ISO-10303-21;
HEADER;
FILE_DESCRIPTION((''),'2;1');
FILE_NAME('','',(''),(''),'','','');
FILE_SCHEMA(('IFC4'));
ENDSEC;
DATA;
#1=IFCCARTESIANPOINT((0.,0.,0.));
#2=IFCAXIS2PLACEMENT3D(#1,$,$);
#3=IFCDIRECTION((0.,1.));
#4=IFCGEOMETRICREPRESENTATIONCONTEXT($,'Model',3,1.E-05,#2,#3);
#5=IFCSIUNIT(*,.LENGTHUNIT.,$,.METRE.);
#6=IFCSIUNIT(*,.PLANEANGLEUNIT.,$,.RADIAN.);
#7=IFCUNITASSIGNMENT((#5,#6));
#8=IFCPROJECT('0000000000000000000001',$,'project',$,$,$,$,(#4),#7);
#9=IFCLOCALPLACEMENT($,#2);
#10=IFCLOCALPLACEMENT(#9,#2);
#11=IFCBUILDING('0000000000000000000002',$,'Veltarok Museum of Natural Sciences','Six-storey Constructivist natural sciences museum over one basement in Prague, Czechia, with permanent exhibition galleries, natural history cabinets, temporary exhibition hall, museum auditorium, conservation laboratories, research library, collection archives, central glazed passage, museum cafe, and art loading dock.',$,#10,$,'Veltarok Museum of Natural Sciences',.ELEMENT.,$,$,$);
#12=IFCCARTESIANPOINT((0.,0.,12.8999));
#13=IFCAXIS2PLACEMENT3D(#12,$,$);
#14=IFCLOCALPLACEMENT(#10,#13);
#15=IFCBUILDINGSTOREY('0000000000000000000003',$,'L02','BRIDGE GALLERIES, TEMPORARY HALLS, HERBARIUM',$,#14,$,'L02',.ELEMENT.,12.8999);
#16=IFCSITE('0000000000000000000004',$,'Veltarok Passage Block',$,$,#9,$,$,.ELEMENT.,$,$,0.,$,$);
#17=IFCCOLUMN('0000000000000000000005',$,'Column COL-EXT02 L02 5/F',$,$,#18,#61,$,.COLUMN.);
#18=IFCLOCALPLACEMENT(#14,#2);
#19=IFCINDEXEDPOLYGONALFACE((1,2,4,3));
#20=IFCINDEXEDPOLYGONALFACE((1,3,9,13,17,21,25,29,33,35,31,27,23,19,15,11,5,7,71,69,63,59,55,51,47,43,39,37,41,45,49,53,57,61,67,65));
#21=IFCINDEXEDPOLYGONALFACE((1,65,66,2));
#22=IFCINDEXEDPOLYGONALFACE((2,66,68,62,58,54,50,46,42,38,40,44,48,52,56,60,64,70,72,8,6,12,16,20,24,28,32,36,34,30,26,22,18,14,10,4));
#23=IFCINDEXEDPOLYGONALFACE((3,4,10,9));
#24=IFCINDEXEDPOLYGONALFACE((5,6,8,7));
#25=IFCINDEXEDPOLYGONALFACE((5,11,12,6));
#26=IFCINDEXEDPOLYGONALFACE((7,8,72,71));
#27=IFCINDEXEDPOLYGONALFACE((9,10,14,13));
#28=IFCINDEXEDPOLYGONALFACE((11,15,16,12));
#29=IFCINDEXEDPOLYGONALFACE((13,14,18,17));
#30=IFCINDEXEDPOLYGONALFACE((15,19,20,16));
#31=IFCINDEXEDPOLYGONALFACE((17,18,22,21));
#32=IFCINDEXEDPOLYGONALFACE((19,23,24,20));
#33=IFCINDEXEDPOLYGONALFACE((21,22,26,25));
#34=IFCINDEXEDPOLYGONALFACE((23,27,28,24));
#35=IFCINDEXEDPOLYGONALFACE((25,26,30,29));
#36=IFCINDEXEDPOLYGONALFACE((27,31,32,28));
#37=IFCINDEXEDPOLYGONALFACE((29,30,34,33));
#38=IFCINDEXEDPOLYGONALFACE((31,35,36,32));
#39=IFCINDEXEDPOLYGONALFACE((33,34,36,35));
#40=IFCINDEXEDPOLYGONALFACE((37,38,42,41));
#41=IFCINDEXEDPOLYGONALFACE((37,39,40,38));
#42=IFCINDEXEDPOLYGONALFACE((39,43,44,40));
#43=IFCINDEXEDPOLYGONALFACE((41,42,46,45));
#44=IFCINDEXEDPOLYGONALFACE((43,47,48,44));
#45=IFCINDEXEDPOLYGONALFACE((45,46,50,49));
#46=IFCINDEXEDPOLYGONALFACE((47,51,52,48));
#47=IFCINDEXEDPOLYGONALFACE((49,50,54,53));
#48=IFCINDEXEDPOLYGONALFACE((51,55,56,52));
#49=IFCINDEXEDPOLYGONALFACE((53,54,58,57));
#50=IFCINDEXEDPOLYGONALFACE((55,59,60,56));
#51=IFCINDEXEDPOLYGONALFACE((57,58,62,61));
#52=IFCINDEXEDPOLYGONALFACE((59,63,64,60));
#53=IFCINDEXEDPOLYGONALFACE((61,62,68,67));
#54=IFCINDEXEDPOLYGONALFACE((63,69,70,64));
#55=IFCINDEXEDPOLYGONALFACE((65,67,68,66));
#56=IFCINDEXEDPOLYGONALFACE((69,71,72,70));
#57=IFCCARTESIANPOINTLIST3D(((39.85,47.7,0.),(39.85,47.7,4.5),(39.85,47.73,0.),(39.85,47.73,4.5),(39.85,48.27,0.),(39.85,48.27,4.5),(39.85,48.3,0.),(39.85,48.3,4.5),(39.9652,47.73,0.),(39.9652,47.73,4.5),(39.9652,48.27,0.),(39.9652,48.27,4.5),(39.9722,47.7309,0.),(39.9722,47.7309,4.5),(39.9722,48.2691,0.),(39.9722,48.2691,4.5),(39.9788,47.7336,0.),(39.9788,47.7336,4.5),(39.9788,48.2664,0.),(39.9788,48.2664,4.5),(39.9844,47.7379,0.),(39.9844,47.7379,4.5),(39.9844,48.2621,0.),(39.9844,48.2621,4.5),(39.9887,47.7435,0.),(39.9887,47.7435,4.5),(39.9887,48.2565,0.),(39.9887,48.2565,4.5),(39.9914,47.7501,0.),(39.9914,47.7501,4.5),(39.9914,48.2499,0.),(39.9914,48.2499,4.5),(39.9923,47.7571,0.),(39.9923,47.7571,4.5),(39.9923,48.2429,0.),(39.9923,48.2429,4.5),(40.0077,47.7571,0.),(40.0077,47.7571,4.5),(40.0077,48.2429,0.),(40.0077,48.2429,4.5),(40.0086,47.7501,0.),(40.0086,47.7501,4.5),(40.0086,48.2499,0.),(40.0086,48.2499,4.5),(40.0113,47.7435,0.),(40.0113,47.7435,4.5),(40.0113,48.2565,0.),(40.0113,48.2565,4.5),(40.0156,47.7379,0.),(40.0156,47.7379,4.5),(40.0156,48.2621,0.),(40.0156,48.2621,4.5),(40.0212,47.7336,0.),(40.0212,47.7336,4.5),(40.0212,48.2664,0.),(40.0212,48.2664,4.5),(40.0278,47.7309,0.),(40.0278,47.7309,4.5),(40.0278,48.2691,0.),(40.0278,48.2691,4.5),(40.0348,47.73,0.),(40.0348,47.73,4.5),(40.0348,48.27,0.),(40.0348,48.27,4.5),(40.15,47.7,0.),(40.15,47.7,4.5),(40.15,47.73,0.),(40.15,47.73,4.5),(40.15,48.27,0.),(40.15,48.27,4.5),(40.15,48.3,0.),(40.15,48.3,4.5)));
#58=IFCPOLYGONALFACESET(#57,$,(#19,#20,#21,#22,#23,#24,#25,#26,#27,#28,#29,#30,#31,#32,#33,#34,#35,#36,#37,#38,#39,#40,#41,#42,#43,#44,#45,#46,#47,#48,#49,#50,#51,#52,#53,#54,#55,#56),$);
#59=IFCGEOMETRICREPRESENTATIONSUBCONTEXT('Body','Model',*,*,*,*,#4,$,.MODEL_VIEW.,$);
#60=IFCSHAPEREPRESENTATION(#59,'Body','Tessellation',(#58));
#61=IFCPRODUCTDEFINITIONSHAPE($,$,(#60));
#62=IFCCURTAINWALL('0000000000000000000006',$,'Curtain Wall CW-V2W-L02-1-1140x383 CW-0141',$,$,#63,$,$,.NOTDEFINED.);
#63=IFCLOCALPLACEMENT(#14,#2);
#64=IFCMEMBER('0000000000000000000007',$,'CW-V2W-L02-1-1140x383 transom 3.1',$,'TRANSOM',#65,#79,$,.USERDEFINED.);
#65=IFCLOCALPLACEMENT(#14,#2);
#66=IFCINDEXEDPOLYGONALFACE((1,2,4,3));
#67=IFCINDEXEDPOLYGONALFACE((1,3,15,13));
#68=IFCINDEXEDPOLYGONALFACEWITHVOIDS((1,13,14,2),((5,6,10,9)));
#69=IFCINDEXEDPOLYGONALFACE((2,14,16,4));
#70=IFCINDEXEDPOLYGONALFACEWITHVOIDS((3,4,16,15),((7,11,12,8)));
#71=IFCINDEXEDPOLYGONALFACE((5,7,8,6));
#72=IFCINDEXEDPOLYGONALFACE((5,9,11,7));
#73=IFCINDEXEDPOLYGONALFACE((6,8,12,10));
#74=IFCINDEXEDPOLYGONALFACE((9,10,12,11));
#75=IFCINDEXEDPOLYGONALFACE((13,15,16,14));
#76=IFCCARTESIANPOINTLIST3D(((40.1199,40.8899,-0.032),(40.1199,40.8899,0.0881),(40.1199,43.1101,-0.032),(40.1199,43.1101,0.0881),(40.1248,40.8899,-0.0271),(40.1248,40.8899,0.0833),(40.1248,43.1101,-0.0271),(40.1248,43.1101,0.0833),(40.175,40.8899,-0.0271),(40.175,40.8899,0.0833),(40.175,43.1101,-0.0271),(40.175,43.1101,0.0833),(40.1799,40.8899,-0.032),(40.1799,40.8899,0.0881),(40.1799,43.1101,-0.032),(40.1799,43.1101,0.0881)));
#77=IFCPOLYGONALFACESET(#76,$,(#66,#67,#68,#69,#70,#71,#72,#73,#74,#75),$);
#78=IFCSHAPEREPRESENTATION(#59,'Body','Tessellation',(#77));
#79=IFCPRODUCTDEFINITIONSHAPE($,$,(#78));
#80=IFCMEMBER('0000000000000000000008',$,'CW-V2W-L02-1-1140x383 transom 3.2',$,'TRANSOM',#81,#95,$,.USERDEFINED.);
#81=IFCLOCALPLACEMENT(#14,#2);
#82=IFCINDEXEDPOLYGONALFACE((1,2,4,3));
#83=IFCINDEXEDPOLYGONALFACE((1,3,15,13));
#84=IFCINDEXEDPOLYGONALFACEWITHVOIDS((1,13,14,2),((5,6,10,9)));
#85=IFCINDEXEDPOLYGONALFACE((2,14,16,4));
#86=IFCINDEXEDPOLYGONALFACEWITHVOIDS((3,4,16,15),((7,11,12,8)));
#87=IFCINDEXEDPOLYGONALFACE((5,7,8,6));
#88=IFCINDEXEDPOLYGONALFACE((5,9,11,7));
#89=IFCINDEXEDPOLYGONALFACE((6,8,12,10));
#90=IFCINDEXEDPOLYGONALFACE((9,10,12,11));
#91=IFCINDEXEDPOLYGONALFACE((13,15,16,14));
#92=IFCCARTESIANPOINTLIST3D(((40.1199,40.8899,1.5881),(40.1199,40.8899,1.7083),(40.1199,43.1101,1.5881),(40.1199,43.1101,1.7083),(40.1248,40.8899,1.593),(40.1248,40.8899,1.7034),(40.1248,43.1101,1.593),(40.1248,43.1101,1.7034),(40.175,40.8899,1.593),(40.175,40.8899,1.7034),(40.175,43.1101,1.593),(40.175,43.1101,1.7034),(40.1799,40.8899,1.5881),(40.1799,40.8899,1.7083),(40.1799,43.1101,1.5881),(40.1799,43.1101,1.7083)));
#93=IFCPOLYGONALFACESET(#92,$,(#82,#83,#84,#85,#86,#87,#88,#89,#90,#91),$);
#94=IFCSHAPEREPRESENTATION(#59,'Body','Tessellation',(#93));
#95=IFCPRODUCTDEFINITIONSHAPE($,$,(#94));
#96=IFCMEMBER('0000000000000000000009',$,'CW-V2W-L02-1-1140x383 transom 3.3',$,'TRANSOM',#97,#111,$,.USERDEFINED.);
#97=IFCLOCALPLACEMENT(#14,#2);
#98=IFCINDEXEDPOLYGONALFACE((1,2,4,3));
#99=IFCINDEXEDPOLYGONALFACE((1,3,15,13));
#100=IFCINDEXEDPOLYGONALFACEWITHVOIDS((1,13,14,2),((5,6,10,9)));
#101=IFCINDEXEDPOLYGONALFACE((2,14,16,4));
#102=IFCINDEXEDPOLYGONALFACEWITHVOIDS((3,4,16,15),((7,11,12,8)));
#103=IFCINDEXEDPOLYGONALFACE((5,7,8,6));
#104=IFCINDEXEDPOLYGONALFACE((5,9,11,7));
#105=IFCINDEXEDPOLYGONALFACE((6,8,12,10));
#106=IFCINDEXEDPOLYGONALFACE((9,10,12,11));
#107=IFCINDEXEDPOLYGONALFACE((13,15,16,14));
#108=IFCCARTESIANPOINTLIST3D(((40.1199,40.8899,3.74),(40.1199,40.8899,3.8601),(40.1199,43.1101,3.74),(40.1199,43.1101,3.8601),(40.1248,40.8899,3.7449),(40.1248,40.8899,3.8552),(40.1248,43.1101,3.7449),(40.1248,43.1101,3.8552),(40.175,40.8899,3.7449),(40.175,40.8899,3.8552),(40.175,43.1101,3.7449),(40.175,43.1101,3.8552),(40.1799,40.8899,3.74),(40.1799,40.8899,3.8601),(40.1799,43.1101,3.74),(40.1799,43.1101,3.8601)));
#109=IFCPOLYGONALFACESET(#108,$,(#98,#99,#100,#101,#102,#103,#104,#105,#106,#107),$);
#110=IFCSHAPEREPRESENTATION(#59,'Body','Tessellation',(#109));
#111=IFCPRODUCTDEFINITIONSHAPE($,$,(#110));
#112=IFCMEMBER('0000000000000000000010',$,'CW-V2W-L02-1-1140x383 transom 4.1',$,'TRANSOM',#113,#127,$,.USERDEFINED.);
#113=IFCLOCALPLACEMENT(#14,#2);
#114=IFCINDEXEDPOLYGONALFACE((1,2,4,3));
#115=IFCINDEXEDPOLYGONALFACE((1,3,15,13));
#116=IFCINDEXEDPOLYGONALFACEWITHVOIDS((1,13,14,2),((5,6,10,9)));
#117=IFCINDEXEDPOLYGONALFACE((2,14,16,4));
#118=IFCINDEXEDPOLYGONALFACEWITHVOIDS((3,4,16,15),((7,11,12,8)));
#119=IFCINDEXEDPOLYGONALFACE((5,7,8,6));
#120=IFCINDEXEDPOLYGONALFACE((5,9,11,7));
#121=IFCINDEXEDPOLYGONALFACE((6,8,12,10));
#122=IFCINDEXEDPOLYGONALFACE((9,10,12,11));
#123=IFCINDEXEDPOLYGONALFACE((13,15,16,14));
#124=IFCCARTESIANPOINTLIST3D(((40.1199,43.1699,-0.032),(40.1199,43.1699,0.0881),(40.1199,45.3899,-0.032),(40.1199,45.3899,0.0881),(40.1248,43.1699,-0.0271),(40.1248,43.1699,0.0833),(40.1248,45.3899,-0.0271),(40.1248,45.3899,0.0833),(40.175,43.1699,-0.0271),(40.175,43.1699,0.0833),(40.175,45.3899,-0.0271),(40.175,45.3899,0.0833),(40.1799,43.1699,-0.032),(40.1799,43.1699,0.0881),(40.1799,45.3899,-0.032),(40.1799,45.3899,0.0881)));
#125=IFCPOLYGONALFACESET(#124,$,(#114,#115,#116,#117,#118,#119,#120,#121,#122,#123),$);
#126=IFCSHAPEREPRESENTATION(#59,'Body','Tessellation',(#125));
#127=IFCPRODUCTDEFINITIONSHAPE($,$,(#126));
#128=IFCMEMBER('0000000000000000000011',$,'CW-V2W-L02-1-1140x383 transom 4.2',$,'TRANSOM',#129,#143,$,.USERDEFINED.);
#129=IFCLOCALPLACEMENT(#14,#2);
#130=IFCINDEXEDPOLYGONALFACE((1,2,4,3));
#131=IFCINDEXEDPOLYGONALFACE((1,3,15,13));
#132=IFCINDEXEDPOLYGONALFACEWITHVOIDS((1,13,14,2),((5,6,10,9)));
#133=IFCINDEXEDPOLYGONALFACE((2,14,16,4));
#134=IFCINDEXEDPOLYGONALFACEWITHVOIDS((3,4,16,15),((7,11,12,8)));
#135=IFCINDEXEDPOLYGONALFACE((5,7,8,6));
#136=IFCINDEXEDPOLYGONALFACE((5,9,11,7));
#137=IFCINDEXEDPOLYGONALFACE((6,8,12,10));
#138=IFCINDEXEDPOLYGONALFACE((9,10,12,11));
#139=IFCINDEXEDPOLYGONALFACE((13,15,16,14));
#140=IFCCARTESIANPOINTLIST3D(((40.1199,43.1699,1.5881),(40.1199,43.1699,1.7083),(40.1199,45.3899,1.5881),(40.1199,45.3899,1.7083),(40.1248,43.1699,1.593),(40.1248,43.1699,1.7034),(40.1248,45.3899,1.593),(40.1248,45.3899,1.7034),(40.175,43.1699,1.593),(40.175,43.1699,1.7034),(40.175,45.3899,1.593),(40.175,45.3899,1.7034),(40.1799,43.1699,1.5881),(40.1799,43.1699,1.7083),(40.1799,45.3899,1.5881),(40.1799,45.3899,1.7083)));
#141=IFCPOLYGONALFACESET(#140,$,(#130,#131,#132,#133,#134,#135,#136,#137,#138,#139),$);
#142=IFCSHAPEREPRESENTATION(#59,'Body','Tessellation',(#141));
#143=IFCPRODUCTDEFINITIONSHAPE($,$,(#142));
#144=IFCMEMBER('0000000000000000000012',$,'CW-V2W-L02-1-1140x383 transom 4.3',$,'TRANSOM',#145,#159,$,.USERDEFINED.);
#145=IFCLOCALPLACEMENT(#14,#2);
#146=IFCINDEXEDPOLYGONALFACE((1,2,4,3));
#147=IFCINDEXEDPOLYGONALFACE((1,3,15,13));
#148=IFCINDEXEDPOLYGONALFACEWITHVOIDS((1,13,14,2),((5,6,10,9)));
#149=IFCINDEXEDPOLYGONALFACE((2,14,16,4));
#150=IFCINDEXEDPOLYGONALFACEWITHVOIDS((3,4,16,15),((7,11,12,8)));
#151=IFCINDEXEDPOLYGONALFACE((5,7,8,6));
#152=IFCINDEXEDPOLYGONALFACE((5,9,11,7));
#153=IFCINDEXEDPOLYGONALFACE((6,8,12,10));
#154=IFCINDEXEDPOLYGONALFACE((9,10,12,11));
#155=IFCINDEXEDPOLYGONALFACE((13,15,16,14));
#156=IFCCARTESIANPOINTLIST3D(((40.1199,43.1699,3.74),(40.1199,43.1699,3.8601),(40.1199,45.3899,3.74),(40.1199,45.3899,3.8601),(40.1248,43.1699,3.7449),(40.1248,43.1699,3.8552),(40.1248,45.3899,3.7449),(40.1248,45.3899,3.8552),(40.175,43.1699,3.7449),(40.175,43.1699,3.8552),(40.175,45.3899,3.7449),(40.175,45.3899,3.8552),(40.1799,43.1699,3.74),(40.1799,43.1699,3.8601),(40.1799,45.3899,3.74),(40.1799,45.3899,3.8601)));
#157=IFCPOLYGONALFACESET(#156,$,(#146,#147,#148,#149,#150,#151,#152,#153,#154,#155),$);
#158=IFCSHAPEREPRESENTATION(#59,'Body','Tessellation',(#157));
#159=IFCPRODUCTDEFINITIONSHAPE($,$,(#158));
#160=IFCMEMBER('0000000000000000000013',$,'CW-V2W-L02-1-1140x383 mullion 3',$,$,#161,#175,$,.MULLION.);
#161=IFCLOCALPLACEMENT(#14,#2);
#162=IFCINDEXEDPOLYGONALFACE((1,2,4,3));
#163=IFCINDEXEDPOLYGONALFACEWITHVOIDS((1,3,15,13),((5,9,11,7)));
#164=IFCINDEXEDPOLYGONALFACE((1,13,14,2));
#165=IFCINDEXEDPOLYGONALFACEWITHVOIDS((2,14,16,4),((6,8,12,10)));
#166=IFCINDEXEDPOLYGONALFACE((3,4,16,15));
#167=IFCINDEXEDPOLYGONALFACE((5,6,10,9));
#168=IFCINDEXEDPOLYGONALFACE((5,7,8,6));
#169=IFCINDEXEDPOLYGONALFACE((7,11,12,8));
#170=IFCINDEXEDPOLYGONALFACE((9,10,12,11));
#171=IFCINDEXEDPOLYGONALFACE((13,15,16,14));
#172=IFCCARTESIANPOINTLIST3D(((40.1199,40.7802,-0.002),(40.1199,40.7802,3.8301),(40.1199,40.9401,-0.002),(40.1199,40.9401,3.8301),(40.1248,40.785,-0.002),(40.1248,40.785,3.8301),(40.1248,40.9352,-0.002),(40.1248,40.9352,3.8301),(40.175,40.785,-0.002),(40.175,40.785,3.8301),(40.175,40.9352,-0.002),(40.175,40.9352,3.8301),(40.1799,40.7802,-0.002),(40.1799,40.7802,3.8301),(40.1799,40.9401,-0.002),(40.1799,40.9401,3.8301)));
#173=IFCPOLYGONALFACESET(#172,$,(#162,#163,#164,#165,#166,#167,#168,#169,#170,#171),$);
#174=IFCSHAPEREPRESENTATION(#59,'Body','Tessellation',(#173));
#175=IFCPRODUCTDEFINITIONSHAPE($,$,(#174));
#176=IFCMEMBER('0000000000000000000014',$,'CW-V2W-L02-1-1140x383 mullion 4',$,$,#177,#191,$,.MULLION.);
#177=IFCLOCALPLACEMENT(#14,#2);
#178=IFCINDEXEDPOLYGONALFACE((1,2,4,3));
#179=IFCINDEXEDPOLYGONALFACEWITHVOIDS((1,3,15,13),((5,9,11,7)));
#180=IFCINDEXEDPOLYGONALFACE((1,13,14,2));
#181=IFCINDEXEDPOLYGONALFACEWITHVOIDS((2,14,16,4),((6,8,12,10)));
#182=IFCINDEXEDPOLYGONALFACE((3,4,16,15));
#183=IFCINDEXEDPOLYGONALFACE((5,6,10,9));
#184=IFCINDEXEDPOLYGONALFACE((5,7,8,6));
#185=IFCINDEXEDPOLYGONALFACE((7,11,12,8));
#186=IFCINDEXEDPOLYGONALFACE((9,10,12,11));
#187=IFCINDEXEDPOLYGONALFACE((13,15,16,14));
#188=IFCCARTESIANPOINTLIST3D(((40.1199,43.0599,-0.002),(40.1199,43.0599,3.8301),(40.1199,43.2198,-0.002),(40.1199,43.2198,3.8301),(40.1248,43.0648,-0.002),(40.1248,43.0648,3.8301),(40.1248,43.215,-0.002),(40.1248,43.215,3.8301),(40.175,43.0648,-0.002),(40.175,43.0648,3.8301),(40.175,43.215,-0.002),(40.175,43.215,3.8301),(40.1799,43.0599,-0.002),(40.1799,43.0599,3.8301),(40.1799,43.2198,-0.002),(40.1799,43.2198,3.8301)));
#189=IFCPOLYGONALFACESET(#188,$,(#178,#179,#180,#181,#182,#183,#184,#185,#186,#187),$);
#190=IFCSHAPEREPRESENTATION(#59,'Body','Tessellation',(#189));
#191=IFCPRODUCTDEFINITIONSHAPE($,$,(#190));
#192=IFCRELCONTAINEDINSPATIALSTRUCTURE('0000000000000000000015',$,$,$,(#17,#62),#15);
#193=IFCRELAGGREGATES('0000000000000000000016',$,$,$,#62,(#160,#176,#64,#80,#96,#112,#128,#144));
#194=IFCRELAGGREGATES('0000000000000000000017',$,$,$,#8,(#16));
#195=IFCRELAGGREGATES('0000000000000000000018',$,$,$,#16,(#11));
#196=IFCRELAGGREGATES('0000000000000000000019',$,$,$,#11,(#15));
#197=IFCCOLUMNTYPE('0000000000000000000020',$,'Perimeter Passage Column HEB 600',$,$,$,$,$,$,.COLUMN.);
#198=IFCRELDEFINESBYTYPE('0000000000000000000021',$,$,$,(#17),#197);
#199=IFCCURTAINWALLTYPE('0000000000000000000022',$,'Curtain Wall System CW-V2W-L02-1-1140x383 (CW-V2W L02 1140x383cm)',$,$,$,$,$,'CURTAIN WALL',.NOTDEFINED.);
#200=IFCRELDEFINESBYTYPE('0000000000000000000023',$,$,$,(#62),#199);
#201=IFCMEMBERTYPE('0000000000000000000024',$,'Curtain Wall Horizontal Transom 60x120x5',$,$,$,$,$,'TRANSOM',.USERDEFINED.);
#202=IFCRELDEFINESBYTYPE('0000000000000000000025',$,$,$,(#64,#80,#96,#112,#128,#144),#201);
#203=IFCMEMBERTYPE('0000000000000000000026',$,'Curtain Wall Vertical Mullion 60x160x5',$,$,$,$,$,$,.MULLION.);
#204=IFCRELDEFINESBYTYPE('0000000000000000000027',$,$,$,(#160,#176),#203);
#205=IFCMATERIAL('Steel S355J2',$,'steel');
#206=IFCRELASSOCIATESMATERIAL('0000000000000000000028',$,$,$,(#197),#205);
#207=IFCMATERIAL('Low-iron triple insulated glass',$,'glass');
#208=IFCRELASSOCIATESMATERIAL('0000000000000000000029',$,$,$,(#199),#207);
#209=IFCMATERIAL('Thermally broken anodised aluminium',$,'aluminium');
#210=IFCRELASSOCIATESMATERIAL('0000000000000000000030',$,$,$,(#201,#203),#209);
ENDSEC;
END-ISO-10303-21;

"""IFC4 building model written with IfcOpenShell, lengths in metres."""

from ifc_helpers import new_model, si_unit, direction, frame, origin, origin_2d, place, context, subcontext, project, spatial, hollow_rectangle, i_section, extrude, material, material_profile, profile_set, type_object, element, aggregate, save


model = new_model("IFC4")

# Units and contexts
model_context = context("Model", 3, precision=1e-05, world=origin(), true_north=direction((0.0, 1.0)))
body_context = subcontext(model_context, "Body", "Model", "MODEL_VIEW")
ifc_project = project(units=[si_unit("LENGTHUNIT", "METRE"), si_unit("PLANEANGLEUNIT", "RADIAN")], contexts=[model_context])

# Site, building, storey
site_placement = place(None, origin())
site = spatial("IfcSite", under=ifc_project, at=site_placement, Name="Veltarok Passage Block", CompositionType="ELEMENT", RefElevation=0.0)
building_placement = place(site_placement, origin())
building = spatial("IfcBuilding", under=site, at=building_placement, Name="Veltarok Museum of Natural Sciences", Description="Six-storey Constructivist natural sciences museum over one basement in Prague, Czechia, with permanent exhibition galleries, natural history cabinets, temporary exhibition hall, museum auditorium, conservation laboratories, research library, collection archives, central glazed passage, museum cafe, and art loading dock.", LongName="Veltarok Museum of Natural Sciences", CompositionType="ELEMENT")
storey_placement = place(building_placement, frame((0.0, 0.0, 12.8999)))
storey = spatial("IfcBuildingStorey", under=building, at=storey_placement, Name="L02", Description="BRIDGE GALLERIES, TEMPORARY HALLS, HERBARIUM", LongName="L02", CompositionType="ELEMENT", Elevation=12.8999)

# Column
ifc_material_1 = material(Name="Steel S355J2", Category="steel")
ifc_material_profile_1 = material_profile(ifc_material_1, i_section(OverallWidth=0.3, OverallDepth=0.6001, WebThickness=0.0154, FlangeThickness=0.03, FilletRadius=0.0271, at=origin_2d()), Name="HEB 600")
ifc_profile_set_1 = profile_set([ifc_material_profile_1], Name="Steel S355J2")
column_type = type_object("IfcColumnType", Name="Perimeter Passage Column HEB 600", PredefinedType="COLUMN", material=ifc_profile_set_1)
column_placement = place(storey_placement, frame((40.0, 48.0, 0.0), z_axis=(0.0, 0.0, 1.0), x_axis=(1.0, 0.0, 0.0)))
element("IfcColumn", 1, at=column_placement, inside=storey, type_object=column_type, Name="Column COL-EXT02 L02 5/F", PredefinedType="COLUMN", context=body_context, shape_type="SweptSolid", body=[
    extrude(i_section(OverallWidth=0.3, OverallDepth=0.6001, WebThickness=0.0154, FlangeThickness=0.03, FilletRadius=0.0271, at=origin_2d()), origin(), (0.0, 0.0, 1.0), 4.5),
])

# Curtain wall, members
ifc_material_2 = material(Name="Low-iron triple insulated glass", Category="glass")
curtain_wall_type = type_object("IfcCurtainWallType", Name="Curtain Wall System CW-V2W-L02-1-1140x383 (CW-V2W L02 1140x383cm)", ElementType="CURTAIN WALL", PredefinedType="NOTDEFINED", material=ifc_material_2)
curtain_wall_placement = place(storey_placement, origin())
curtain_wall = element("IfcCurtainWall", 2, at=curtain_wall_placement, inside=storey, type_object=curtain_wall_type, Name="Curtain Wall CW-V2W-L02-1-1140x383 CW-0141", PredefinedType="NOTDEFINED")
ifc_material_3 = material(Name="Thermally broken anodised aluminium", Category="aluminium")
ifc_material_profile_2 = material_profile(ifc_material_3, hollow_rectangle(XDim=0.0601, YDim=0.1201, WallThickness=0.0049, at=origin_2d()), Name="CW TRANSOM 60x120x5")
ifc_profile_set_2 = profile_set([ifc_material_profile_2], Name="Thermally broken anodised aluminium")
member_type_1 = type_object("IfcMemberType", Name="Curtain Wall Horizontal Transom 60x120x5", ElementType="TRANSOM", PredefinedType="USERDEFINED", material=ifc_profile_set_2)
member_1_placement = place(storey_placement, frame((40.1499, 40.8899, 0.0281), z_axis=(0.0, 1.0, 0.0), x_axis=(-1.0, 0.0, 0.0)))
member_1 = element("IfcMember", 3, at=member_1_placement, type_object=member_type_1, Name="CW-V2W-L02-1-1140x383 transom 3.1", ObjectType="TRANSOM", PredefinedType="USERDEFINED", context=body_context, shape_type="SweptSolid", body=[
    extrude(hollow_rectangle(XDim=0.0601, YDim=0.1201, WallThickness=0.0049, at=origin_2d()), origin(), (0.0, 0.0, 1.0), 2.2202),
])
member_2_placement = place(storey_placement, frame((40.1499, 40.8899, 1.6482), z_axis=(0.0, 1.0, 0.0), x_axis=(-1.0, 0.0, 0.0)))
member_2 = element("IfcMember", 4, at=member_2_placement, type_object=member_type_1, Name="CW-V2W-L02-1-1140x383 transom 3.2", ObjectType="TRANSOM", PredefinedType="USERDEFINED", context=body_context, shape_type="SweptSolid", body=[
    extrude(hollow_rectangle(XDim=0.0601, YDim=0.1201, WallThickness=0.0049, at=origin_2d()), origin(), (0.0, 0.0, 1.0), 2.2202),
])
member_3_placement = place(storey_placement, frame((40.1499, 40.8899, 3.8), z_axis=(0.0, 1.0, 0.0), x_axis=(-1.0, 0.0, 0.0)))
member_3 = element("IfcMember", 5, at=member_3_placement, type_object=member_type_1, Name="CW-V2W-L02-1-1140x383 transom 3.3", ObjectType="TRANSOM", PredefinedType="USERDEFINED", context=body_context, shape_type="SweptSolid", body=[
    extrude(hollow_rectangle(XDim=0.0601, YDim=0.1201, WallThickness=0.0049, at=origin_2d()), origin(), (0.0, 0.0, 1.0), 2.2202),
])
member_4_placement = place(storey_placement, frame((40.1499, 43.1699, 0.0281), z_axis=(0.0, 1.0, 0.0), x_axis=(-1.0, 0.0, 0.0)))
member_4 = element("IfcMember", 6, at=member_4_placement, type_object=member_type_1, Name="CW-V2W-L02-1-1140x383 transom 4.1", ObjectType="TRANSOM", PredefinedType="USERDEFINED", context=body_context, shape_type="SweptSolid", body=[
    extrude(hollow_rectangle(XDim=0.0601, YDim=0.1201, WallThickness=0.0049, at=origin_2d()), origin(), (0.0, 0.0, 1.0), 2.22),
])
member_5_placement = place(storey_placement, frame((40.1499, 43.1699, 1.6482), z_axis=(0.0, 1.0, 0.0), x_axis=(-1.0, 0.0, 0.0)))
member_5 = element("IfcMember", 7, at=member_5_placement, type_object=member_type_1, Name="CW-V2W-L02-1-1140x383 transom 4.2", ObjectType="TRANSOM", PredefinedType="USERDEFINED", context=body_context, shape_type="SweptSolid", body=[
    extrude(hollow_rectangle(XDim=0.0601, YDim=0.1201, WallThickness=0.0049, at=origin_2d()), origin(), (0.0, 0.0, 1.0), 2.22),
])
member_6_placement = place(storey_placement, frame((40.1499, 43.1699, 3.8), z_axis=(0.0, 1.0, 0.0), x_axis=(-1.0, 0.0, 0.0)))
member_6 = element("IfcMember", 8, at=member_6_placement, type_object=member_type_1, Name="CW-V2W-L02-1-1140x383 transom 4.3", ObjectType="TRANSOM", PredefinedType="USERDEFINED", context=body_context, shape_type="SweptSolid", body=[
    extrude(hollow_rectangle(XDim=0.0601, YDim=0.1201, WallThickness=0.0049, at=origin_2d()), origin(), (0.0, 0.0, 1.0), 2.22),
])
ifc_material_profile_3 = material_profile(ifc_material_3, hollow_rectangle(XDim=0.0601, YDim=0.1599, WallThickness=0.0049, at=origin_2d()), Name="CW MULLION 60x160x5")
ifc_profile_set_3 = profile_set([ifc_material_profile_3], Name="Thermally broken anodised aluminium")
member_type_2 = type_object("IfcMemberType", Name="Curtain Wall Vertical Mullion 60x160x5", PredefinedType="MULLION", material=ifc_profile_set_3)
member_7_placement = place(storey_placement, frame((40.1499, 40.8601, -0.002), z_axis=(0.0, 0.0, 1.0), x_axis=(-1.0, 0.0, 0.0)))
member_7 = element("IfcMember", 9, at=member_7_placement, type_object=member_type_2, Name="CW-V2W-L02-1-1140x383 mullion 3", PredefinedType="MULLION", context=body_context, shape_type="SweptSolid", body=[
    extrude(hollow_rectangle(XDim=0.0601, YDim=0.1599, WallThickness=0.0049, at=origin_2d()), origin(), (0.0, 0.0, 1.0), 3.832),
])
member_8_placement = place(storey_placement, frame((40.1499, 43.1399, -0.002), z_axis=(0.0, 0.0, 1.0), x_axis=(-1.0, 0.0, 0.0)))
member_8 = element("IfcMember", 10, at=member_8_placement, type_object=member_type_2, Name="CW-V2W-L02-1-1140x383 mullion 4", PredefinedType="MULLION", context=body_context, shape_type="SweptSolid", body=[
    extrude(hollow_rectangle(XDim=0.0601, YDim=0.1599, WallThickness=0.0049, at=origin_2d()), origin(), (0.0, 0.0, 1.0), 3.832),
])

aggregate(curtain_wall, [member_7, member_8, member_1, member_2, member_3, member_4, member_5, member_6])

save(model, "model.ifc")
